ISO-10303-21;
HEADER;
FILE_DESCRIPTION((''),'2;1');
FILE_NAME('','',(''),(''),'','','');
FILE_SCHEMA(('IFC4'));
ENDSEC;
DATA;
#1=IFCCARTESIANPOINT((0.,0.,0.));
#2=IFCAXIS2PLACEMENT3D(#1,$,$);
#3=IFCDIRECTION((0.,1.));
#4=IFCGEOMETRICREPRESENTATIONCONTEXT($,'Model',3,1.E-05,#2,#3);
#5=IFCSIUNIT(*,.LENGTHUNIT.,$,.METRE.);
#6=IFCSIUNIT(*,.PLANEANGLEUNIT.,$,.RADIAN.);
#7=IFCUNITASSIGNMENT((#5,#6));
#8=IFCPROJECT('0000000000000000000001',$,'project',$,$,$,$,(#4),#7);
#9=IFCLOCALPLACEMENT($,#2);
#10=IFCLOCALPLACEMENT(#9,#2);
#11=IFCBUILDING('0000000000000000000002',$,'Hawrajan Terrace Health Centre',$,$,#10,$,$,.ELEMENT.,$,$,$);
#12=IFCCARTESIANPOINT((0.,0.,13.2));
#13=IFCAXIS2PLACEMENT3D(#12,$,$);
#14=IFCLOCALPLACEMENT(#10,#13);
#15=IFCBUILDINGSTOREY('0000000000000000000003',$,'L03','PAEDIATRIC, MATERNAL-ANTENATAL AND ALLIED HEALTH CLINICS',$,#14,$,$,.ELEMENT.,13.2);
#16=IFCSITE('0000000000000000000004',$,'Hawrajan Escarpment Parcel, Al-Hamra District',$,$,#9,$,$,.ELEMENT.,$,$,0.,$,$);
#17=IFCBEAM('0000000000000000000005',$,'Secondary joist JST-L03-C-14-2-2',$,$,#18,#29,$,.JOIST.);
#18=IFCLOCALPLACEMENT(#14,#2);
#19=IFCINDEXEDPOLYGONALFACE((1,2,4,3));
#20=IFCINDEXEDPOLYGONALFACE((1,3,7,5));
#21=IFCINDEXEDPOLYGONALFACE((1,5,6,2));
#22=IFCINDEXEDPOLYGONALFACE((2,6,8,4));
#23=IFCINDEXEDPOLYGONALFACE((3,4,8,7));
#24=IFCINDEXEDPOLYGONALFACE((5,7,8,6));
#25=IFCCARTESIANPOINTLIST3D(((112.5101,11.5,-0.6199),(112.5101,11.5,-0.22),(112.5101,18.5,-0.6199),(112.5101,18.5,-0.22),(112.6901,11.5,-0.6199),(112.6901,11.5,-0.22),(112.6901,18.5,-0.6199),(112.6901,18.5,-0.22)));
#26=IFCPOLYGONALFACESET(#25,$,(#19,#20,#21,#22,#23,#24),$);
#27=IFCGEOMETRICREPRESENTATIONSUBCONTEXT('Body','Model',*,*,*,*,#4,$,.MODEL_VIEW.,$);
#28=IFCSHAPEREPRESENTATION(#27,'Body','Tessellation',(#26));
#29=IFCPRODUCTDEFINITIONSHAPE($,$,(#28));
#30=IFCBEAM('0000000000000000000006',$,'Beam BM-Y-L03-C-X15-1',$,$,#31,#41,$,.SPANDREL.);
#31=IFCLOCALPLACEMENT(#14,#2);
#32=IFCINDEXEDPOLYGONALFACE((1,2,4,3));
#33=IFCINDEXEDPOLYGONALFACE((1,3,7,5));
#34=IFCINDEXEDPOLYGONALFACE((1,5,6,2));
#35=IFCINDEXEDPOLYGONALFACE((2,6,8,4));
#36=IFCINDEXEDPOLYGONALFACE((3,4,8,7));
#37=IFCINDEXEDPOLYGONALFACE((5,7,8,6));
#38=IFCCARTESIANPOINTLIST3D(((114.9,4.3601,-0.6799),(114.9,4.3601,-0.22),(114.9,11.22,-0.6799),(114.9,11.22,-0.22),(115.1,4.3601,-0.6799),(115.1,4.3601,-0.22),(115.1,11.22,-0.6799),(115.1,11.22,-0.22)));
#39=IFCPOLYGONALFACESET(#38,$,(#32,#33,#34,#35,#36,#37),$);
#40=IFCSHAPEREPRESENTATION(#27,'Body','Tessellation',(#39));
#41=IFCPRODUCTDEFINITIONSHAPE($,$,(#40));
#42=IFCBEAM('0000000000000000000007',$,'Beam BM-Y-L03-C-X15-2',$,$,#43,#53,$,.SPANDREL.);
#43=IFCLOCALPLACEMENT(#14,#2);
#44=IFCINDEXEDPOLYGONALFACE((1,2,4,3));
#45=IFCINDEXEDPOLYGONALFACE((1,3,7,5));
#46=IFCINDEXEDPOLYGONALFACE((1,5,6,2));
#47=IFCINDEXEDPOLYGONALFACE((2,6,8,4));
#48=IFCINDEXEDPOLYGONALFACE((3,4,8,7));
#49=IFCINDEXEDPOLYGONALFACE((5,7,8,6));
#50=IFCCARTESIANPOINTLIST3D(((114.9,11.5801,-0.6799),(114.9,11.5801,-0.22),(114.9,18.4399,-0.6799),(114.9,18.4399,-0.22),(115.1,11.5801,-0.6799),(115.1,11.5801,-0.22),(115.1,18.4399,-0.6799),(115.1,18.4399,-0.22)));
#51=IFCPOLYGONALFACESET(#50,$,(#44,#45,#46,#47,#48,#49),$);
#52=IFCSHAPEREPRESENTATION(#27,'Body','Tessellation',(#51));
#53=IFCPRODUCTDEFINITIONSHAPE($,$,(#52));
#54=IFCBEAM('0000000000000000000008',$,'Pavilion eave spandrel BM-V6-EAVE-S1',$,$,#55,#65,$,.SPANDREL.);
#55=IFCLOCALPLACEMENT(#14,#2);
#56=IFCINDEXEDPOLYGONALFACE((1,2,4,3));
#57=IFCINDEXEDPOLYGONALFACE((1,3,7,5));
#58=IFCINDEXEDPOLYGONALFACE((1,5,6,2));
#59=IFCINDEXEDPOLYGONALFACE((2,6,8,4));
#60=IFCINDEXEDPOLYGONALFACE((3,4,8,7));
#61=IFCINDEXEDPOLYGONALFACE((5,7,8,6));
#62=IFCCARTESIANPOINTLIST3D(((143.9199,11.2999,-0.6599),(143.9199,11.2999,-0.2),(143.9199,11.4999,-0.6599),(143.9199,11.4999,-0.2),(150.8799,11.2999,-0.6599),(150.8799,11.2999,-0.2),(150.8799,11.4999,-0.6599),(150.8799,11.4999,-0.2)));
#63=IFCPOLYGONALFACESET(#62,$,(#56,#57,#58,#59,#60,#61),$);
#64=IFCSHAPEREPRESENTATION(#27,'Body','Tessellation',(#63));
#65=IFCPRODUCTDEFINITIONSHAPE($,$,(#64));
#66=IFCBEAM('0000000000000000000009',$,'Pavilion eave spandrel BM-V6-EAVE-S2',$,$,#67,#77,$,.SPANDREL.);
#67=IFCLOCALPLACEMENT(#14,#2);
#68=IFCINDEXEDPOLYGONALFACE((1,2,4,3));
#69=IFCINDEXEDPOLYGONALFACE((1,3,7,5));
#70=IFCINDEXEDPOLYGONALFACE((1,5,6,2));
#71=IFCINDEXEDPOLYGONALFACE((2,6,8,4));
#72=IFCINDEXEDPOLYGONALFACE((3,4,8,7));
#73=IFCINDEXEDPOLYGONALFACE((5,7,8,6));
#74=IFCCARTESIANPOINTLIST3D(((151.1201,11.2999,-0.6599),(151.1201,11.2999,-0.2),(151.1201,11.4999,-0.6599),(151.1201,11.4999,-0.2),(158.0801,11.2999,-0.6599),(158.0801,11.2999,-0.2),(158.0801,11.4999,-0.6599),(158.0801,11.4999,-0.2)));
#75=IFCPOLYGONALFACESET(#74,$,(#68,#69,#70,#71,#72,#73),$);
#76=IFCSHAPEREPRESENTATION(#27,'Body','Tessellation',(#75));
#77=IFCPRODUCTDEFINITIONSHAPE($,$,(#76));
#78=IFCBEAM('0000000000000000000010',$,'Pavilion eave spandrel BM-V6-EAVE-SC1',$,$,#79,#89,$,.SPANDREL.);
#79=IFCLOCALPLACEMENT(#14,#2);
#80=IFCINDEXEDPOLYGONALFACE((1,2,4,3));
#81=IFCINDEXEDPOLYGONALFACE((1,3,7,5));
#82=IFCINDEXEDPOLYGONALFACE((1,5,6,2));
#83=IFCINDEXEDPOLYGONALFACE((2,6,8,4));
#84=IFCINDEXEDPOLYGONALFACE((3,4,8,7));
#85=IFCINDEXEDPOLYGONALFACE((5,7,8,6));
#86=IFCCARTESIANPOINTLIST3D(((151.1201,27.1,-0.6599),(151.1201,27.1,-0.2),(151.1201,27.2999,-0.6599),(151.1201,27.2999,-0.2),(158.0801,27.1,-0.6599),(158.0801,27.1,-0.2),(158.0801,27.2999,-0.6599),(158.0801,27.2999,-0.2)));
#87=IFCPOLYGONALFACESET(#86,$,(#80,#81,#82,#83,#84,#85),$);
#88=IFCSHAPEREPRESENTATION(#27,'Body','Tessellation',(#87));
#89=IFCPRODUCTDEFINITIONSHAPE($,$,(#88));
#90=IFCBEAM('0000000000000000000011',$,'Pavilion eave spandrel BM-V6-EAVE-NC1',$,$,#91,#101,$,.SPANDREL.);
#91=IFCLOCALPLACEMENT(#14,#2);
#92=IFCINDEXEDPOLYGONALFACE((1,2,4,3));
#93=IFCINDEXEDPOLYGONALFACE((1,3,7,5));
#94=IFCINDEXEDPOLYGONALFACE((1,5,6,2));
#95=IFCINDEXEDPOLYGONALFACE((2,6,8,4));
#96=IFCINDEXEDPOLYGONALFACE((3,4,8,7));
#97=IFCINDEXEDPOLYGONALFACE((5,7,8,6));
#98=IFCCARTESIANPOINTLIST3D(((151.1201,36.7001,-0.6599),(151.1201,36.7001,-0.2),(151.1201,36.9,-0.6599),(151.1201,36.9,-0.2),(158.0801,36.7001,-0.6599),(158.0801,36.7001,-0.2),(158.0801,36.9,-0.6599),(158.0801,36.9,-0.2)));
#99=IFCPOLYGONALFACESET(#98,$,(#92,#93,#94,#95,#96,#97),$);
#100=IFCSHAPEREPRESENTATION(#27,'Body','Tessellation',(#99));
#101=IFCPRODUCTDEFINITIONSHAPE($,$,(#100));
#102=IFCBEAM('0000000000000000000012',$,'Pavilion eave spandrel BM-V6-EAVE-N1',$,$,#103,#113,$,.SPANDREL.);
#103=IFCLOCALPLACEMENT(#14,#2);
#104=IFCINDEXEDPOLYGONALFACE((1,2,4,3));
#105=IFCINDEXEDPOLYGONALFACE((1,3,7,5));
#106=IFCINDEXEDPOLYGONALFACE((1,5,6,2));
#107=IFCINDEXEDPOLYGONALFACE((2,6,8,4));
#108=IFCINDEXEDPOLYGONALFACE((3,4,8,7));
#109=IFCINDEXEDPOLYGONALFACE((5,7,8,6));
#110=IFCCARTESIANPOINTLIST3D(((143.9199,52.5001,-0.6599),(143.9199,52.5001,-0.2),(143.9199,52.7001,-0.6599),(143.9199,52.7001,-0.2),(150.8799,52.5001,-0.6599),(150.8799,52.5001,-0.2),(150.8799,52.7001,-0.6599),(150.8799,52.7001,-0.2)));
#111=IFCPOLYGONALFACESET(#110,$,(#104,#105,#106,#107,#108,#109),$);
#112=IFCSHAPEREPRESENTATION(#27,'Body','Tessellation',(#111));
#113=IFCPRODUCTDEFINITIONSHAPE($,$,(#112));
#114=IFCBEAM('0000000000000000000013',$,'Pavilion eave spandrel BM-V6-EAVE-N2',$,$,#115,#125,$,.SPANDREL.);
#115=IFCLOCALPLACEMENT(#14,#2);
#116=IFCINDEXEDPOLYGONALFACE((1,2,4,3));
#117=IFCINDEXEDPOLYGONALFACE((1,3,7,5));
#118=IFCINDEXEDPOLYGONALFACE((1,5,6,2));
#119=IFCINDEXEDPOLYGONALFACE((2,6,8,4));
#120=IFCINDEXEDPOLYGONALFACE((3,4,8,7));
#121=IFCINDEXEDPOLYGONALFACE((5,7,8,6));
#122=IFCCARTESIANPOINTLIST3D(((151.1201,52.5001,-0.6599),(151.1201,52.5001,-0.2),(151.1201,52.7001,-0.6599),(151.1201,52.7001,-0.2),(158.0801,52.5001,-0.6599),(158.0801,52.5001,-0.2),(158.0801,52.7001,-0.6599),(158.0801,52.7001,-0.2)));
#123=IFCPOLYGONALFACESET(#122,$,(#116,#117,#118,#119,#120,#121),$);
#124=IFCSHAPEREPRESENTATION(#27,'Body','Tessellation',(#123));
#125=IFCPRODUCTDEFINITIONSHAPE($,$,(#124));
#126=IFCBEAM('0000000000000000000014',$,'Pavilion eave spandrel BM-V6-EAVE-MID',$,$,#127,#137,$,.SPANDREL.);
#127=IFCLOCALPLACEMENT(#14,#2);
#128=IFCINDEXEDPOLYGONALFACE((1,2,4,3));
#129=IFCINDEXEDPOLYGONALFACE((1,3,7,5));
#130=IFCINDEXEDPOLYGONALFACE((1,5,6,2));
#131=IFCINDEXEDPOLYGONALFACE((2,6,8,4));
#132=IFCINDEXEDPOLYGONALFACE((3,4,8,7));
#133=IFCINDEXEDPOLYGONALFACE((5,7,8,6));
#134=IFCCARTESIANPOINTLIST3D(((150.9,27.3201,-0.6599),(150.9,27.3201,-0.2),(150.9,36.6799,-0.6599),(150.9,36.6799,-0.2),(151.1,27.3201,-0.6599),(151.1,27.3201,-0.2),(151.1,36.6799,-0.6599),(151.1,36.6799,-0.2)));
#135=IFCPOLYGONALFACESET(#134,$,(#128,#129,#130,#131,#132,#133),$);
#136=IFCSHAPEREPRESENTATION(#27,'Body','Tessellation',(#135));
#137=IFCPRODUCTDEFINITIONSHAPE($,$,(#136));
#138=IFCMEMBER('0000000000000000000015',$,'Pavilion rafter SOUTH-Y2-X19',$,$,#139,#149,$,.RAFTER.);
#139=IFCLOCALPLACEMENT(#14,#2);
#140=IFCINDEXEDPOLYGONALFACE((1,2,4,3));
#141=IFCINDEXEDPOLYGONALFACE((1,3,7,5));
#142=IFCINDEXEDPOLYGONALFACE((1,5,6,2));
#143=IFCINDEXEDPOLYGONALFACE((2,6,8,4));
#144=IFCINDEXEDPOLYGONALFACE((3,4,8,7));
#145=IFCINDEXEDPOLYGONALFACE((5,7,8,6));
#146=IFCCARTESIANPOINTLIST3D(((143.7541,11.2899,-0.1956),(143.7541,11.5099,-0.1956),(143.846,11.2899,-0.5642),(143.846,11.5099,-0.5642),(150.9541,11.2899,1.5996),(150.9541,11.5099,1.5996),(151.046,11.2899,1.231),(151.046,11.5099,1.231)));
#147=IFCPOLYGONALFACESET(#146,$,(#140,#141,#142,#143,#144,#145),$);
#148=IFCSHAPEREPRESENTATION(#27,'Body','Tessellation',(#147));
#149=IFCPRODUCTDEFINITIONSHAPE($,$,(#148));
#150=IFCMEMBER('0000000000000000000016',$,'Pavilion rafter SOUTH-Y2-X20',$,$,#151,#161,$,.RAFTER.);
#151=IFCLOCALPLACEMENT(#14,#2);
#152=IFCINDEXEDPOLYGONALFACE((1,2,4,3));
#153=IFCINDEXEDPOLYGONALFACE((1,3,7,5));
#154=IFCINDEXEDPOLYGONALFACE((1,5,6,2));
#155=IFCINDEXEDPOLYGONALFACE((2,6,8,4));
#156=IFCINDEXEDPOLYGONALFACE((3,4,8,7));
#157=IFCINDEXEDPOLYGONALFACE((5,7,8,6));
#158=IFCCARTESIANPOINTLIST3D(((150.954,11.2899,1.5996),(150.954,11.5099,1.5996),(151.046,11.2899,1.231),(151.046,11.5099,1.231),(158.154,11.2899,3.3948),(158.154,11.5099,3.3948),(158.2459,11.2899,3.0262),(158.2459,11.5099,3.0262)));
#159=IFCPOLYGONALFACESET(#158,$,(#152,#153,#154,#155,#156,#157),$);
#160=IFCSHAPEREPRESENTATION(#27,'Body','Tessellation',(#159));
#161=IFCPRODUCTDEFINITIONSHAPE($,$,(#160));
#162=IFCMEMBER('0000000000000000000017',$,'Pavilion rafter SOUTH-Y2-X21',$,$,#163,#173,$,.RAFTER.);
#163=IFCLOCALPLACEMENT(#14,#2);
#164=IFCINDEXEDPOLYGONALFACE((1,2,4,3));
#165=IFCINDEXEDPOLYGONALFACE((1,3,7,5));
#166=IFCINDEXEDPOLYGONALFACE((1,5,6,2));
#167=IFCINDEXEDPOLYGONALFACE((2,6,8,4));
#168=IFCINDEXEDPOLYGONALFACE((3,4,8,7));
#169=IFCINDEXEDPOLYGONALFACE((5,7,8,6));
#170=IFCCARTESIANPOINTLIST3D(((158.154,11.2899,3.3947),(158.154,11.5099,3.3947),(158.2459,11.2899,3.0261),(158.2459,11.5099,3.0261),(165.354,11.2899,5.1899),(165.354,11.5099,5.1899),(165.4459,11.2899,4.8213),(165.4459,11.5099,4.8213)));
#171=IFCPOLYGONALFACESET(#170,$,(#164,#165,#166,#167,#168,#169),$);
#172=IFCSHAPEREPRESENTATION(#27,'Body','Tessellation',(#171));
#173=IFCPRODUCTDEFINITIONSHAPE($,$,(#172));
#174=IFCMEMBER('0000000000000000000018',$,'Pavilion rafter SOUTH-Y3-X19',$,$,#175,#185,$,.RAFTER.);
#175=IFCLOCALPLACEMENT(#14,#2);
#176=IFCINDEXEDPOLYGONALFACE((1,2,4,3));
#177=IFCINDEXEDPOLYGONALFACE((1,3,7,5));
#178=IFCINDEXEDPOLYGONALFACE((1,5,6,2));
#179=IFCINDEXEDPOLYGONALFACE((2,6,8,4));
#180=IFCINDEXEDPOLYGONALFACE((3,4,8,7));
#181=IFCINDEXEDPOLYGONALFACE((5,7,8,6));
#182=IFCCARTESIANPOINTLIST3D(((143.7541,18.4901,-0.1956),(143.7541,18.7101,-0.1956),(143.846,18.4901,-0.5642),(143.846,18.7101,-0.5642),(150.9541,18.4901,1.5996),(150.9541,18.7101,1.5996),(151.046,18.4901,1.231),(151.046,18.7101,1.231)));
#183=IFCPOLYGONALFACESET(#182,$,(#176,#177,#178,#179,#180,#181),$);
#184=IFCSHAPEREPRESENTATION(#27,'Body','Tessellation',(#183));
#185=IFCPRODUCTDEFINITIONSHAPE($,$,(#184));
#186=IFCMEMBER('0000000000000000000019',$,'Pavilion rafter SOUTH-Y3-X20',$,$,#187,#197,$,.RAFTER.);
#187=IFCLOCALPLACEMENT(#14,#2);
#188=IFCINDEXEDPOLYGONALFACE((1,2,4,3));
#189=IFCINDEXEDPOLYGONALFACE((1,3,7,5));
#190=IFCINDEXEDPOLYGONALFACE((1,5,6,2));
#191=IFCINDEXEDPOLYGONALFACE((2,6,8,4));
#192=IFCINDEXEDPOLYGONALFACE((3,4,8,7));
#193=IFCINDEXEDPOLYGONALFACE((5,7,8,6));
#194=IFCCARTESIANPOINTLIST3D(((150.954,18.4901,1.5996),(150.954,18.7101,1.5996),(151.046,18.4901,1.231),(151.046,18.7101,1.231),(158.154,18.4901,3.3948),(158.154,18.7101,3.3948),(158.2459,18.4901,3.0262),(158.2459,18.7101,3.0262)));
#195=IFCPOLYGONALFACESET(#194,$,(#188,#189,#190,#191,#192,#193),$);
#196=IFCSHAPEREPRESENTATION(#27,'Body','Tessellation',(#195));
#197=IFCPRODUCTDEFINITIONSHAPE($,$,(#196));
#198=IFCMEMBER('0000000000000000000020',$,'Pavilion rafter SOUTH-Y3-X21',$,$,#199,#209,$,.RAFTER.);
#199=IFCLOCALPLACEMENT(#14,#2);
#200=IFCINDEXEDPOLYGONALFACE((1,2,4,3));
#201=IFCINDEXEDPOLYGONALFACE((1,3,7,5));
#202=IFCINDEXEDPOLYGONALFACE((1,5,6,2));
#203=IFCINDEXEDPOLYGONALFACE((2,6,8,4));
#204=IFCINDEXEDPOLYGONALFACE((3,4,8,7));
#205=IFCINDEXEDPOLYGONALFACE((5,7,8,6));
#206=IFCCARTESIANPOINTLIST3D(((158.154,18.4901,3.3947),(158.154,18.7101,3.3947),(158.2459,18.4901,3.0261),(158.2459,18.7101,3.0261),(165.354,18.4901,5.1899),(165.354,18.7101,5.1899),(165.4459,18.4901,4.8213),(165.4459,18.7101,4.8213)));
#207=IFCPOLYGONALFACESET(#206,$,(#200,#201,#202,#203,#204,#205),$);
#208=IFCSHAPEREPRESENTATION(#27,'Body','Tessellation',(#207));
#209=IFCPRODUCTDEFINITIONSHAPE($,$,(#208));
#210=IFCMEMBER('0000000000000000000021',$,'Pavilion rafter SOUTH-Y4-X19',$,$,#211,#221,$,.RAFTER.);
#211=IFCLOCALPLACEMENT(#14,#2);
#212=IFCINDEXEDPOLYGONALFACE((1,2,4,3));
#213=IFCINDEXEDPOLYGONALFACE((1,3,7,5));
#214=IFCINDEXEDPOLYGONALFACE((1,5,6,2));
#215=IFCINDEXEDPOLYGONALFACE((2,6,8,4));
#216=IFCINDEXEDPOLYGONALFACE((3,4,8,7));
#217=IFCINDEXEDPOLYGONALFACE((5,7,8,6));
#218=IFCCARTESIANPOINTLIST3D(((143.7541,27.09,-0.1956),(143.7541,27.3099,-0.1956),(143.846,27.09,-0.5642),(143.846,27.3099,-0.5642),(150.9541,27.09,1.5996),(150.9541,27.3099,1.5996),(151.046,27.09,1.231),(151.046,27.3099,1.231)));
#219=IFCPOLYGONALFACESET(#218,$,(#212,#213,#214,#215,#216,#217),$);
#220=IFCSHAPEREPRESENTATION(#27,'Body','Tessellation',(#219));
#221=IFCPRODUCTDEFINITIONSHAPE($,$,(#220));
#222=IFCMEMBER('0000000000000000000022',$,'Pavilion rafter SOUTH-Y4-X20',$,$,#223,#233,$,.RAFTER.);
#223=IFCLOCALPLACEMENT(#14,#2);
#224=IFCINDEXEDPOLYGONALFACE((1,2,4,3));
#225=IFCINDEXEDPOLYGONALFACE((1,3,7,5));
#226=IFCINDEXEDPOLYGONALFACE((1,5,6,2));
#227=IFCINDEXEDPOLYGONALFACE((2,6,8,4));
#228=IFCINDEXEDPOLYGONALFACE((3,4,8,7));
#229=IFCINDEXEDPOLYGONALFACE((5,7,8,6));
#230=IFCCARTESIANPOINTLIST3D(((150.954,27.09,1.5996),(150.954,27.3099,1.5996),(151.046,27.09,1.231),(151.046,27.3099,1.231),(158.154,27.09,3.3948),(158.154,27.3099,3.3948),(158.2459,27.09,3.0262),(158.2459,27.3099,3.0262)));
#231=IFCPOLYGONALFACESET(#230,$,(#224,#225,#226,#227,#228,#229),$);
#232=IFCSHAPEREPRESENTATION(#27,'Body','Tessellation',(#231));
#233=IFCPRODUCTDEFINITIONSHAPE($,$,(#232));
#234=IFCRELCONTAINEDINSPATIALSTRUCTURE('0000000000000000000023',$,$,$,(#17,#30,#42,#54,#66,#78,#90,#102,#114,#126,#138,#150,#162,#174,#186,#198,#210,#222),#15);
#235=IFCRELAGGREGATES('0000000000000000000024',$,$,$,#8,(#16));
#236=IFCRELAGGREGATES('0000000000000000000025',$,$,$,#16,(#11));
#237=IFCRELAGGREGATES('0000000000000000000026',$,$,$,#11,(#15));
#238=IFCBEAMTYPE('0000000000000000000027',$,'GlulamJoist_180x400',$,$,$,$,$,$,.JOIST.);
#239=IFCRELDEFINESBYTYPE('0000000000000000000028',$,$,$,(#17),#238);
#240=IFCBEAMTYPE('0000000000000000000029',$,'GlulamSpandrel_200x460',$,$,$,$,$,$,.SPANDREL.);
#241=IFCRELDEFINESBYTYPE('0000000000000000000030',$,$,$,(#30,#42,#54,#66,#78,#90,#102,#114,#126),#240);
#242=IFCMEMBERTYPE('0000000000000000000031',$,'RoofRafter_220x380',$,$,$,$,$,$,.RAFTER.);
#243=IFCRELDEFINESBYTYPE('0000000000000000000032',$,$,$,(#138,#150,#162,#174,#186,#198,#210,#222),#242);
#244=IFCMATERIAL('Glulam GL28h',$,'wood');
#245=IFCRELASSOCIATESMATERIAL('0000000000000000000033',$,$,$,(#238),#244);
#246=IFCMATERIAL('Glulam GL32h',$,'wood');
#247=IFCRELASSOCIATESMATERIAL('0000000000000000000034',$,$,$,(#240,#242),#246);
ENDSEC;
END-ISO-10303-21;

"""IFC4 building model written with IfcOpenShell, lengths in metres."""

from ifc_helpers import new_model, si_unit, direction, frame, origin, origin_2d, place, context, subcontext, project, spatial, rectangle, extrude, material, material_profile, profile_set, type_object, element, save


model = new_model("IFC4")

# Units and contexts
model_context = context("Model", 3, precision=1e-05, world=origin(), true_north=direction((0.0, 1.0)))
body_context = subcontext(model_context, "Body", "Model", "MODEL_VIEW")
ifc_project = project(units=[si_unit("LENGTHUNIT", "METRE"), si_unit("PLANEANGLEUNIT", "RADIAN")], contexts=[model_context])

# Site, building, storey
site_placement = place(None, origin())
site = spatial("IfcSite", under=ifc_project, at=site_placement, Name="Hawrajan Escarpment Parcel, Al-Hamra District", CompositionType="ELEMENT", RefElevation=0.0)
building_placement = place(site_placement, origin())
building = spatial("IfcBuilding", under=site, at=building_placement, Name="Hawrajan Terrace Health Centre", CompositionType="ELEMENT")
storey_placement = place(building_placement, frame((0.0, 0.0, 13.2)))
storey = spatial("IfcBuildingStorey", under=building, at=storey_placement, Name="L03", Description="PAEDIATRIC, MATERNAL-ANTENATAL AND ALLIED HEALTH CLINICS", CompositionType="ELEMENT", Elevation=13.2)

# Beams
ifc_material_1 = material(Name="Glulam GL28h", Category="wood")
ifc_material_profile_1 = material_profile(ifc_material_1, rectangle(XDim=0.1799, YDim=0.3999, at=origin_2d()), Name="GL JST 180x400")
ifc_profile_set_1 = profile_set([ifc_material_profile_1], Name="Glulam GL28h")
beam_type_1 = type_object("IfcBeamType", Name="GlulamJoist_180x400", PredefinedType="JOIST", material=ifc_profile_set_1)
beam_1_placement = place(storey_placement, frame((112.6001, 11.5, -0.4199), z_axis=(0.0, 1.0, 0.0), x_axis=(-1.0, 0.0, 0.0)))
element("IfcBeam", 1, at=beam_1_placement, inside=storey, type_object=beam_type_1, Name="Secondary joist JST-L03-C-14-2-2", PredefinedType="JOIST", context=body_context, shape_type="SweptSolid", body=[
    extrude(rectangle(XDim=0.1799, YDim=0.3999, at=origin_2d()), origin(), (0.0, 0.0, 1.0), 7.0),
])
ifc_material_2 = material(Name="Glulam GL32h", Category="wood")
ifc_material_profile_2 = material_profile(ifc_material_2, rectangle(XDim=0.2, YDim=0.46, at=origin_2d()), Name="GL SP 200x460")
ifc_profile_set_2 = profile_set([ifc_material_profile_2], Name="Glulam GL32h")
beam_type_2 = type_object("IfcBeamType", Name="GlulamSpandrel_200x460", PredefinedType="SPANDREL", material=ifc_profile_set_2)
for number, where, z_axis, x_axis, name in (
    (2, (115.0, 4.3601, -0.45), (0.0, 1.0, 0.0), (-1.0, 0.0, 0.0), "Beam BM-Y-L03-C-X15-1"),
    (3, (115.0, 11.5801, -0.45), (0.0, 1.0, 0.0), (-1.0, 0.0, 0.0), "Beam BM-Y-L03-C-X15-2"),
):
    element("IfcBeam", number, at=place(storey_placement, frame(where, z_axis=z_axis, x_axis=x_axis)), inside=storey, type_object=beam_type_2, Name=name, PredefinedType="SPANDREL", context=body_context, shape_type="SweptSolid", body=[
        extrude(rectangle(XDim=0.2, YDim=0.46, at=origin_2d()), origin(), (0.0, 0.0, 1.0), 6.8599),
    ])
for number, where, z_axis, x_axis, name in (
    (4, (143.9199, 11.3999, -0.4299), (1.0, 0.0, 0.0), (0.0, 1.0, 0.0), "Pavilion eave spandrel BM-V6-EAVE-S1"),
    (5, (151.1201, 11.3999, -0.4299), (1.0, 0.0, 0.0), (0.0, 1.0, 0.0), "Pavilion eave spandrel BM-V6-EAVE-S2"),
    (6, (151.1201, 27.2, -0.4299), (1.0, 0.0, 0.0), (0.0, 1.0, 0.0), "Pavilion eave spandrel BM-V6-EAVE-SC1"),
    (7, (151.1201, 36.8, -0.4299), (1.0, 0.0, 0.0), (0.0, 1.0, 0.0), "Pavilion eave spandrel BM-V6-EAVE-NC1"),
    (8, (143.9199, 52.6001, -0.4299), (1.0, 0.0, 0.0), (0.0, 1.0, 0.0), "Pavilion eave spandrel BM-V6-EAVE-N1"),
    (9, (151.1201, 52.6001, -0.4299), (1.0, 0.0, 0.0), (0.0, 1.0, 0.0), "Pavilion eave spandrel BM-V6-EAVE-N2"),
):
    element("IfcBeam", number, at=place(storey_placement, frame(where, z_axis=z_axis, x_axis=x_axis)), inside=storey, type_object=beam_type_2, Name=name, PredefinedType="SPANDREL", context=body_context, shape_type="SweptSolid", body=[
        extrude(rectangle(XDim=0.2, YDim=0.46, at=origin_2d()), origin(), (0.0, 0.0, 1.0), 6.96),
    ])
beam_2_placement = place(storey_placement, frame((151.0, 27.3201, -0.4299), z_axis=(0.0, 1.0, 0.0), x_axis=(-1.0, 0.0, 0.0)))
element("IfcBeam", 10, at=beam_2_placement, inside=storey, type_object=beam_type_2, Name="Pavilion eave spandrel BM-V6-EAVE-MID", PredefinedType="SPANDREL", context=body_context, shape_type="SweptSolid", body=[
    extrude(rectangle(XDim=0.2, YDim=0.46, at=origin_2d()), origin(), (0.0, 0.0, 1.0), 9.3599),
])

# Members
ifc_material_profile_3 = material_profile(ifc_material_2, rectangle(XDim=0.22, YDim=0.3799, at=origin_2d()), Name="GL CHD 220x380")
ifc_profile_set_3 = profile_set([ifc_material_profile_3], Name="Glulam GL32h")
member_type = type_object("IfcMemberType", Name="RoofRafter_220x380", PredefinedType="RAFTER", material=ifc_profile_set_3)
for number, where, z_axis, x_axis, name in (
    (11, (143.8, 11.3999, -0.3799), (0.970295, 0.0, 0.241924), (0.0, 1.0, 0.0), "Pavilion rafter SOUTH-Y2-X19"),
    (12, (151.0, 11.3999, 1.4153), (0.970295, 0.0, 0.241924), (0.0, 1.0, 0.0), "Pavilion rafter SOUTH-Y2-X20"),
    (13, (158.2, 11.3999, 3.2104), (0.970295, 0.0, 0.241924), (0.0, 1.0, 0.0), "Pavilion rafter SOUTH-Y2-X21"),
    (14, (143.8, 18.6001, -0.3799), (0.970295, 0.0, 0.241924), (0.0, 1.0, 0.0), "Pavilion rafter SOUTH-Y3-X19"),
    (15, (151.0, 18.6001, 1.4153), (0.970295, 0.0, 0.241924), (0.0, 1.0, 0.0), "Pavilion rafter SOUTH-Y3-X20"),
    (16, (158.2, 18.6001, 3.2104), (0.970295, 0.0, 0.241924), (0.0, 1.0, 0.0), "Pavilion rafter SOUTH-Y3-X21"),
    (17, (143.8, 27.2, -0.3799), (0.970295, 0.0, 0.241924), (0.0, 1.0, 0.0), "Pavilion rafter SOUTH-Y4-X19"),
    (18, (151.0, 27.2, 1.4153), (0.970295, 0.0, 0.241924), (0.0, 1.0, 0.0), "Pavilion rafter SOUTH-Y4-X20"),
):
    element("IfcMember", number, at=place(storey_placement, frame(where, z_axis=z_axis, x_axis=x_axis)), inside=storey, type_object=member_type, Name=name, PredefinedType="RAFTER", context=body_context, shape_type="SweptSolid", body=[
        extrude(rectangle(XDim=0.22, YDim=0.3799, at=origin_2d()), origin(), (0.0, 0.0, 1.0), 7.4204),
    ])

save(model, "model.ifc")
